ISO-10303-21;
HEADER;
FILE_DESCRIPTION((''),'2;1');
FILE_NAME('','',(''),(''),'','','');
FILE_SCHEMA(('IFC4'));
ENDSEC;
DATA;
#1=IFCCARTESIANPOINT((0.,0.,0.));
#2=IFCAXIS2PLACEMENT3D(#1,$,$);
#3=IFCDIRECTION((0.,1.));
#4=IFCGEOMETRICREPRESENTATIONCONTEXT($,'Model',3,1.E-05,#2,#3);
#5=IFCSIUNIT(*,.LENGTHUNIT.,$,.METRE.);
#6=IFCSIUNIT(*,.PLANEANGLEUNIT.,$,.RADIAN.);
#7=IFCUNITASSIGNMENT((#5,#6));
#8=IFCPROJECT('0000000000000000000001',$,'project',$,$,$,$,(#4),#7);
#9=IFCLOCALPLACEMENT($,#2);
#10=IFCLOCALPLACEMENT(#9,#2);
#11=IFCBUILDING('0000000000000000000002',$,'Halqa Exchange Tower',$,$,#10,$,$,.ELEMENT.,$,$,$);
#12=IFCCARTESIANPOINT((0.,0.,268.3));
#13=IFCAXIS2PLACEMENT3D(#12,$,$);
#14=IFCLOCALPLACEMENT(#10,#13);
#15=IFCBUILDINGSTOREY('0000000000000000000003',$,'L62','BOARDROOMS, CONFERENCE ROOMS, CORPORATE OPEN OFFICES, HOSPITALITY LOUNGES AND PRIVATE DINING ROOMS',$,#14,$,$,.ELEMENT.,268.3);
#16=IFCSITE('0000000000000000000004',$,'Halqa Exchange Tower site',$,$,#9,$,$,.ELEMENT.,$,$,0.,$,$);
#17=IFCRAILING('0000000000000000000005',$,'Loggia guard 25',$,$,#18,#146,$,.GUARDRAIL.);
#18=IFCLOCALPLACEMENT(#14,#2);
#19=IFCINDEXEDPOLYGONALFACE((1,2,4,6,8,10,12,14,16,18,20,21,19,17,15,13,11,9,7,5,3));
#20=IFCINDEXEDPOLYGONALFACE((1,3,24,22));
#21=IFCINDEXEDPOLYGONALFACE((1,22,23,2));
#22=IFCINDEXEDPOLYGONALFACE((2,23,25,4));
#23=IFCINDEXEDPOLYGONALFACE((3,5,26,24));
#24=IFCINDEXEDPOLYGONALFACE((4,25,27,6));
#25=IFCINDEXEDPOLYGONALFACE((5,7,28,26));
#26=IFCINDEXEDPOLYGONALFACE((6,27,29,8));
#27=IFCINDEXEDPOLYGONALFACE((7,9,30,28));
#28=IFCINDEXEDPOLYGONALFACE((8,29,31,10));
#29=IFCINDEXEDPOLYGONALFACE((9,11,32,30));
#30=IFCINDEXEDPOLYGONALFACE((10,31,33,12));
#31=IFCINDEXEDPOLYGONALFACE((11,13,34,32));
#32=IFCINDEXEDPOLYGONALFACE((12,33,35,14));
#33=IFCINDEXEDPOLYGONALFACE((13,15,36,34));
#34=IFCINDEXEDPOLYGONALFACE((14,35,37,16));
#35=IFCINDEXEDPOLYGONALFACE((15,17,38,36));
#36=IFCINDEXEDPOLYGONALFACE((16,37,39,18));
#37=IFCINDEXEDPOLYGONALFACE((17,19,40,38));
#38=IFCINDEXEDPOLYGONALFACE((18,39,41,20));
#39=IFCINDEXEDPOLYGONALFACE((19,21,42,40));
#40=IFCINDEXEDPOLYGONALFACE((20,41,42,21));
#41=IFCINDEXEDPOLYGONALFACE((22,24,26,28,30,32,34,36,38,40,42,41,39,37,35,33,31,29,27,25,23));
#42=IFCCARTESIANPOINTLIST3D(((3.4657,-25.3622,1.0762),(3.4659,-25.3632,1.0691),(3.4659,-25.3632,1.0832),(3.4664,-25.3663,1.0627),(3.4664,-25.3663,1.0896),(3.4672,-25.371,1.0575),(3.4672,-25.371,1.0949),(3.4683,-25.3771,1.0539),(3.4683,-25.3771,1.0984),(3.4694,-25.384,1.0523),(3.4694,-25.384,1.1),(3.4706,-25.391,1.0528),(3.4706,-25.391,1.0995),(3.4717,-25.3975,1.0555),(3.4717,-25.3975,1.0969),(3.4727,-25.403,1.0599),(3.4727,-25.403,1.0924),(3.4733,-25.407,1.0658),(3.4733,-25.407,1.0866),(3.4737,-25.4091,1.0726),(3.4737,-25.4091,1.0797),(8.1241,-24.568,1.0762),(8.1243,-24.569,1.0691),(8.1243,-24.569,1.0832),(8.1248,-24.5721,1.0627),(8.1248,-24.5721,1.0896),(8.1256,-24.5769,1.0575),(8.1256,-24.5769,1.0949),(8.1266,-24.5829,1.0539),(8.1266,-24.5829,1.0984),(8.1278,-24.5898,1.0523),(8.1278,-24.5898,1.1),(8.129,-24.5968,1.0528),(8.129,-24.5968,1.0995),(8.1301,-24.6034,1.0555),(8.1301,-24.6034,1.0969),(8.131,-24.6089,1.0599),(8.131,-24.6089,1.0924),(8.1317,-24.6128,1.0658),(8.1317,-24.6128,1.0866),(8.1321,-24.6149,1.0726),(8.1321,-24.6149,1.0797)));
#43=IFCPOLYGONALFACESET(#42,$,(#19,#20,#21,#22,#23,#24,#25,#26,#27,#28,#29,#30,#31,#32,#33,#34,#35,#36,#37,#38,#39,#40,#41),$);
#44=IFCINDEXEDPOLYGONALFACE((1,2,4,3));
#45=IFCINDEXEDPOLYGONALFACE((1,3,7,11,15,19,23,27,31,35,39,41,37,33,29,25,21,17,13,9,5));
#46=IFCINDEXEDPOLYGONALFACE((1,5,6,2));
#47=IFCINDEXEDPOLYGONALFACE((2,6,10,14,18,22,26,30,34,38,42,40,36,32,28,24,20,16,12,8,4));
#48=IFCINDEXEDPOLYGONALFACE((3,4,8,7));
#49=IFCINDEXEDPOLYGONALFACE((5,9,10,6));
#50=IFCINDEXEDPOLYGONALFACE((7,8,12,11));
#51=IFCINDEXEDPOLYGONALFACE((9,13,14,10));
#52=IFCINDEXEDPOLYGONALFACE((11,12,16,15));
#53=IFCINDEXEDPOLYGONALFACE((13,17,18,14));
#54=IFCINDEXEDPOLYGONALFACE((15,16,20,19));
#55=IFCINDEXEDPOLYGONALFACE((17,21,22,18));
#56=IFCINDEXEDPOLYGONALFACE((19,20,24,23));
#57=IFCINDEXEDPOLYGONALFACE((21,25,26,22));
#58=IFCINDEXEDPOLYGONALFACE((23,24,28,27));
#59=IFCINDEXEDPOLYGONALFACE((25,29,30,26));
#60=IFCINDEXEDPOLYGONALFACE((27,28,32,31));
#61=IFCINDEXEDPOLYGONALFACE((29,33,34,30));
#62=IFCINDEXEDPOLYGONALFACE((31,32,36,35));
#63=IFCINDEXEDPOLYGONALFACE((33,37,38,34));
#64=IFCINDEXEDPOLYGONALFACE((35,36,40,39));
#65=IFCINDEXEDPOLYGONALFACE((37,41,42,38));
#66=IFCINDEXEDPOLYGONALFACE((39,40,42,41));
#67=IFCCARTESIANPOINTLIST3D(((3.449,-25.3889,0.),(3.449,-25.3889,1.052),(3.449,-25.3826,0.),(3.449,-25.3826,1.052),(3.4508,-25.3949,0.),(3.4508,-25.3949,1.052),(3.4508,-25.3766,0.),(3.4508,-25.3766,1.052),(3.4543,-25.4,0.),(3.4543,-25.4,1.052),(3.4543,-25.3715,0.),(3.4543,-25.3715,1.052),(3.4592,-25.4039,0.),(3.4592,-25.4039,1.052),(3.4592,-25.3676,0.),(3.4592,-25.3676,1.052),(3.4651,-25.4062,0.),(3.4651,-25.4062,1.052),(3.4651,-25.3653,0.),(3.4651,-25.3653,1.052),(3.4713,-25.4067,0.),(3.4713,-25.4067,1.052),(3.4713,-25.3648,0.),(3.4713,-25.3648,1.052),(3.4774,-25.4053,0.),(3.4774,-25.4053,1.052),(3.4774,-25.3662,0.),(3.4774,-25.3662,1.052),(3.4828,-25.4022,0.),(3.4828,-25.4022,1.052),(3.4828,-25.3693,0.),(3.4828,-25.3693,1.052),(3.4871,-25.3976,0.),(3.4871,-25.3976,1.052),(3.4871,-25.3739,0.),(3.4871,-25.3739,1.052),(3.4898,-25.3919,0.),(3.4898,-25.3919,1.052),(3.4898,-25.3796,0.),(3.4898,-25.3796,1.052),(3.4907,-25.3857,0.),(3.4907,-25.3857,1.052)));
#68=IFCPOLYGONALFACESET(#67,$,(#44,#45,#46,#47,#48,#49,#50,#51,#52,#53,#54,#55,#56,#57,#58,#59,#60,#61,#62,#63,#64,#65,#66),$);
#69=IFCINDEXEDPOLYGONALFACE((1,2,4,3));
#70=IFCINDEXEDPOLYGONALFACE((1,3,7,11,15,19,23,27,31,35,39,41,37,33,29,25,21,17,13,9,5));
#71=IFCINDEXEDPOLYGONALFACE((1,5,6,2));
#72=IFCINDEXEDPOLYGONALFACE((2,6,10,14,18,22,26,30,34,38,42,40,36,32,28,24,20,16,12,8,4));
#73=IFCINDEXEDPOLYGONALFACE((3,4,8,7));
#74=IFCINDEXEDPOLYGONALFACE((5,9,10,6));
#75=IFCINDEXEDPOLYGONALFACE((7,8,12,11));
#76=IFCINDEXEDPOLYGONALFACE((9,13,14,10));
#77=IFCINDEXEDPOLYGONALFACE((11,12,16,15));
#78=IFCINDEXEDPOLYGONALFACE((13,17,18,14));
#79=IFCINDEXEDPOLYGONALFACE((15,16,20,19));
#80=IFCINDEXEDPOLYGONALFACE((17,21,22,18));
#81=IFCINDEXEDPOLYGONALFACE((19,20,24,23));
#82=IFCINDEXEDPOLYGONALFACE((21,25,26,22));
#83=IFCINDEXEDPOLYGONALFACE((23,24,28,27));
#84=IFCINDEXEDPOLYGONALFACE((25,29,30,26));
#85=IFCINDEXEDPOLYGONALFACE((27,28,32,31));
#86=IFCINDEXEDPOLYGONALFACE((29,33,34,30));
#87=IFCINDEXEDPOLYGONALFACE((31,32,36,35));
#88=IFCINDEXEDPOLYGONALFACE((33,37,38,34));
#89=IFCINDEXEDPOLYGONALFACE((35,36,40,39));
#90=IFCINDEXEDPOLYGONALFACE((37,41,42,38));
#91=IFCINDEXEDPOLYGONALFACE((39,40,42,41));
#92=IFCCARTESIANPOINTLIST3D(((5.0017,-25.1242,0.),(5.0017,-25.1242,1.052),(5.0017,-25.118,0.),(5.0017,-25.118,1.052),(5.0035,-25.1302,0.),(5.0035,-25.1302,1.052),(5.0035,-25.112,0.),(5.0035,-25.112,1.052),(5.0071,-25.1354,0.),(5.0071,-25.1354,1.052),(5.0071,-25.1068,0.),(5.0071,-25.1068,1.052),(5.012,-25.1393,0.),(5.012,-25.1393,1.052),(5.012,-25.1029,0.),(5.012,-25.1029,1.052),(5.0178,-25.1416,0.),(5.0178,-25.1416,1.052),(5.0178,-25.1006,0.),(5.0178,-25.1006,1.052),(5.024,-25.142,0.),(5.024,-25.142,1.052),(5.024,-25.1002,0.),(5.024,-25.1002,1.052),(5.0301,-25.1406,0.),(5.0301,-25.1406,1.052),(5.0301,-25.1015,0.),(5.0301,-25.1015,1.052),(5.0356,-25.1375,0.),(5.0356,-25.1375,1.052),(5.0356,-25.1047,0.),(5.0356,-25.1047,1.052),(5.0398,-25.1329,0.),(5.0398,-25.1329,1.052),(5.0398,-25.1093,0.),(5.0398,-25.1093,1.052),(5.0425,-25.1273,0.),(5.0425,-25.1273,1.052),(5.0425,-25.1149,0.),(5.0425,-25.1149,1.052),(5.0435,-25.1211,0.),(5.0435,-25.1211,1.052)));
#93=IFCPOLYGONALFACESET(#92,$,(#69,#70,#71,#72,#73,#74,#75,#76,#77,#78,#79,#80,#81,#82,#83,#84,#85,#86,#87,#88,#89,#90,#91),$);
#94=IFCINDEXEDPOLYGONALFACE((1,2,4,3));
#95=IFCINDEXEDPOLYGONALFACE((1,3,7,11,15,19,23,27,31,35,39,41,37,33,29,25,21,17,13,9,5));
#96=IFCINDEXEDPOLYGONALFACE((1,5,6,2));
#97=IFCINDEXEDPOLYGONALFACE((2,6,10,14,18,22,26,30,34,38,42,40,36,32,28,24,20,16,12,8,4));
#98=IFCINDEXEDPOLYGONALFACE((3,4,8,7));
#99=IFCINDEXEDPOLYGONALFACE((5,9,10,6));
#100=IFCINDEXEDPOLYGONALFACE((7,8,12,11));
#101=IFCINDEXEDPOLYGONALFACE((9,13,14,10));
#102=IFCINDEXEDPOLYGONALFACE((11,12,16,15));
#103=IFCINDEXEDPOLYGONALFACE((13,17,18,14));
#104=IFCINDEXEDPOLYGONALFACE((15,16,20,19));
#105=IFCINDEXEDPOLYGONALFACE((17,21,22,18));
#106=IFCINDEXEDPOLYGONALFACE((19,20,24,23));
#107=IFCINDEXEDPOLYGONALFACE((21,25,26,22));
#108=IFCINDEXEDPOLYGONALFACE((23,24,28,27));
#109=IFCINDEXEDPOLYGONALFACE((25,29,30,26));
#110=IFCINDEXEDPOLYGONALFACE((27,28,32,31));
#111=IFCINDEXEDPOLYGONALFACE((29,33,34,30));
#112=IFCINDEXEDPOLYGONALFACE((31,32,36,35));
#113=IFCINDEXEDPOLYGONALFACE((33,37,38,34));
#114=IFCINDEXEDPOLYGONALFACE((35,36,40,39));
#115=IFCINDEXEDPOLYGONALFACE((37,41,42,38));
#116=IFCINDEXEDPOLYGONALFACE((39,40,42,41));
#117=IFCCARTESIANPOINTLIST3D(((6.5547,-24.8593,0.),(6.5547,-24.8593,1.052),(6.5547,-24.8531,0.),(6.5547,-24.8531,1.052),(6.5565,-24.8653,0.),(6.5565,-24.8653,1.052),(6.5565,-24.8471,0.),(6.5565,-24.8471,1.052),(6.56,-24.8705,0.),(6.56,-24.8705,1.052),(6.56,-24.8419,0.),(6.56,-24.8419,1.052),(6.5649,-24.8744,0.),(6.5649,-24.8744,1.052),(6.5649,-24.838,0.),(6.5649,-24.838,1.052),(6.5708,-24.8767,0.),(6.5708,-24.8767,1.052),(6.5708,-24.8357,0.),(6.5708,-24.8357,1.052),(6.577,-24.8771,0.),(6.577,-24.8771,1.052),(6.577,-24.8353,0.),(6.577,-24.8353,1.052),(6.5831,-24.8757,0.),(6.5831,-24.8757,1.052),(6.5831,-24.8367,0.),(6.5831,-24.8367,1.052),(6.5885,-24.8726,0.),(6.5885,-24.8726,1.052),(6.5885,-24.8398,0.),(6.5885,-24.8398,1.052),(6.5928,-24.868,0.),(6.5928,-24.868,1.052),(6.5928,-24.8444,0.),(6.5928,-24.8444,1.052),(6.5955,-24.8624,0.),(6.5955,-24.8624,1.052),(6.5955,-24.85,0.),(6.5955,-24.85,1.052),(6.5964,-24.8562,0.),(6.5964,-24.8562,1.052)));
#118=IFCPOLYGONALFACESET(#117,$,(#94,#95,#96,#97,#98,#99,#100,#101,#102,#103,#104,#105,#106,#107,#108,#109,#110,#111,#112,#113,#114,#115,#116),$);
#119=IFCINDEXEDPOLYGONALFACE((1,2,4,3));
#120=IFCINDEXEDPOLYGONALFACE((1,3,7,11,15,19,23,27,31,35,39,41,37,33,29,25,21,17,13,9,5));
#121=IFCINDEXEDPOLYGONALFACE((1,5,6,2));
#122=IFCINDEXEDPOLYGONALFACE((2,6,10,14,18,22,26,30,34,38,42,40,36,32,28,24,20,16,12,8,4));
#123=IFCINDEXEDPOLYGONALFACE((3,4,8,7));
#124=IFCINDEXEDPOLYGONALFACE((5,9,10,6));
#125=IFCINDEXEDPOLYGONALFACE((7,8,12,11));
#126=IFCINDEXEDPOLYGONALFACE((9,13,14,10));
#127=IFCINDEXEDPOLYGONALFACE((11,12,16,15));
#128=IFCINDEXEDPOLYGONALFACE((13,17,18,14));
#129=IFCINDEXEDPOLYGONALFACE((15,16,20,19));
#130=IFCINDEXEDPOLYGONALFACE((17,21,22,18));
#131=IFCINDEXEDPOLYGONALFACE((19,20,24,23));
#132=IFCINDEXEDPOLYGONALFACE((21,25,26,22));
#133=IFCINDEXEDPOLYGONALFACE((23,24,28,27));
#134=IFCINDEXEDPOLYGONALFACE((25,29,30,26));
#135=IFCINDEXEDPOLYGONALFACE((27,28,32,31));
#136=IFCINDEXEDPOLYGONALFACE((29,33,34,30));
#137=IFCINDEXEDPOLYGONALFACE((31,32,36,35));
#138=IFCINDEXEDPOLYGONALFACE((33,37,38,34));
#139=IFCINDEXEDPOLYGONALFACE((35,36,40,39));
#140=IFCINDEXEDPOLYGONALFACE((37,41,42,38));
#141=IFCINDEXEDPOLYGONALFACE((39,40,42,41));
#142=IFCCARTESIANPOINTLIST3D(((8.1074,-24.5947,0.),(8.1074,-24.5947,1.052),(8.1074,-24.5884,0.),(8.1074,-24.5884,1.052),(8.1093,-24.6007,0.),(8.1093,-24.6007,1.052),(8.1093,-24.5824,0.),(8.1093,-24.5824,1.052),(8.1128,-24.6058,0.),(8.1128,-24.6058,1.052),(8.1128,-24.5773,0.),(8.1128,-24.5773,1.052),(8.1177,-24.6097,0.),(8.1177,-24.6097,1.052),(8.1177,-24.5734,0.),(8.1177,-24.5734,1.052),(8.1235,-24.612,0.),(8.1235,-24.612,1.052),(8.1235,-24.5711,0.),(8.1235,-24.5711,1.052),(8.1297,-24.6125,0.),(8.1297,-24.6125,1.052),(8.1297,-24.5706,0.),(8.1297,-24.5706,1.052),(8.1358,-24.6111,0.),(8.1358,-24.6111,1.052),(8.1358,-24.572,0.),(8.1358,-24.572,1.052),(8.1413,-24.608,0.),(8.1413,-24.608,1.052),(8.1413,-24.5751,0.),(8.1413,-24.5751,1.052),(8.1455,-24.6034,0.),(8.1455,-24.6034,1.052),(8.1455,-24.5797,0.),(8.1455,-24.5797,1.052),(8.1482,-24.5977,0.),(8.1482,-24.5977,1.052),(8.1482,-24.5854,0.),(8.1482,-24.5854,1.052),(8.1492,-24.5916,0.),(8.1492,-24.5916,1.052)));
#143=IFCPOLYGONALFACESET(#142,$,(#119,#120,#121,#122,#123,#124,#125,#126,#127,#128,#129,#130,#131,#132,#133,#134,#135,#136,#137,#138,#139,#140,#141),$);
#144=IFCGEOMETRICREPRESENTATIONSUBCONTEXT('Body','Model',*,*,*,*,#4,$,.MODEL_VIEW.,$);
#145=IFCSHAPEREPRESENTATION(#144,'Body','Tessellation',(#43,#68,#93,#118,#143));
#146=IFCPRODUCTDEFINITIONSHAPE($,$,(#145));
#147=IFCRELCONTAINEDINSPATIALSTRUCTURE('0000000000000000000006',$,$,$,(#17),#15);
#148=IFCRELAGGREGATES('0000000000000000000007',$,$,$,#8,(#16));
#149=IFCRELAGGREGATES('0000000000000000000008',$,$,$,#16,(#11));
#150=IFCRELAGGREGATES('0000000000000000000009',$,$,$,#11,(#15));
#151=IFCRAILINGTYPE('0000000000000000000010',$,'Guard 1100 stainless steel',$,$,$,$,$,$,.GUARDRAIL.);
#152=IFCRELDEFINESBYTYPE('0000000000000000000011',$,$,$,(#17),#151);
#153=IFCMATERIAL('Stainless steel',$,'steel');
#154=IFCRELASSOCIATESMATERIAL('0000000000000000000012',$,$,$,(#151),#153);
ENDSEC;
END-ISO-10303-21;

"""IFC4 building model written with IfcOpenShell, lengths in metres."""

from ifc_helpers import new_model, si_unit, direction, frame, origin, origin_2d, place, context, subcontext, project, spatial, circle, extrude, material, type_object, element, save


model = new_model("IFC4")

# Units and contexts
model_context = context("Model", 3, precision=1e-05, world=origin(), true_north=direction((0.0, 1.0)))
body_context = subcontext(model_context, "Body", "Model", "MODEL_VIEW")
ifc_project = project(units=[si_unit("LENGTHUNIT", "METRE"), si_unit("PLANEANGLEUNIT", "RADIAN")], contexts=[model_context])

# Site, building, storey
site_placement = place(None, origin())
site = spatial("IfcSite", under=ifc_project, at=site_placement, Name="Halqa Exchange Tower site", CompositionType="ELEMENT", RefElevation=0.0)
building_placement = place(site_placement, origin())
building = spatial("IfcBuilding", under=site, at=building_placement, Name="Halqa Exchange Tower", CompositionType="ELEMENT")
storey_placement = place(building_placement, frame((0.0, 0.0, 268.3)))
storey = spatial("IfcBuildingStorey", under=building, at=storey_placement, Name="L62", Description="BOARDROOMS, CONFERENCE ROOMS, CORPORATE OPEN OFFICES, HOSPITALITY LOUNGES AND PRIVATE DINING ROOMS", CompositionType="ELEMENT", Elevation=268.3)

# Railing
ifc_material_1 = material(Name="Stainless steel", Category="steel")
railing_type = type_object("IfcRailingType", Name="Guard 1100 stainless steel", PredefinedType="GUARDRAIL", material=ifc_material_1)
railing_1_placement = place(storey_placement, frame((3.4697, -25.3857, 0.0)))
element("IfcRailing", 1, at=railing_1_placement, inside=storey, type_object=railing_type, Name="Loggia guard 25", PredefinedType="GUARDRAIL", context=body_context, shape_type="SweptSolid", body=[
    extrude(circle(Radius=0.0239, at=origin_2d()), frame((0.0, 0.0, 1.0762), z_axis=(0.985777, 0.168059, 0.0), x_axis=(-0.168059, 0.985777, 0.0)), (0.0, 0.0, 1.0), 4.7256),
    extrude(circle(Radius=0.021, at=origin_2d()), origin(), (0.0, 0.0, 1.0), 1.052),
    extrude(circle(Radius=0.021, at=origin_2d()), frame((1.5527, 0.2646, 0.0)), (0.0, 0.0, 1.0), 1.052),
    extrude(circle(Radius=0.021, at=origin_2d()), frame((3.1057, 0.5295, 0.0)), (0.0, 0.0, 1.0), 1.052),
    extrude(circle(Radius=0.021, at=origin_2d()), frame((4.6584, 0.7942, 0.0)), (0.0, 0.0, 1.0), 1.052),
])

save(model, "model.ifc")
